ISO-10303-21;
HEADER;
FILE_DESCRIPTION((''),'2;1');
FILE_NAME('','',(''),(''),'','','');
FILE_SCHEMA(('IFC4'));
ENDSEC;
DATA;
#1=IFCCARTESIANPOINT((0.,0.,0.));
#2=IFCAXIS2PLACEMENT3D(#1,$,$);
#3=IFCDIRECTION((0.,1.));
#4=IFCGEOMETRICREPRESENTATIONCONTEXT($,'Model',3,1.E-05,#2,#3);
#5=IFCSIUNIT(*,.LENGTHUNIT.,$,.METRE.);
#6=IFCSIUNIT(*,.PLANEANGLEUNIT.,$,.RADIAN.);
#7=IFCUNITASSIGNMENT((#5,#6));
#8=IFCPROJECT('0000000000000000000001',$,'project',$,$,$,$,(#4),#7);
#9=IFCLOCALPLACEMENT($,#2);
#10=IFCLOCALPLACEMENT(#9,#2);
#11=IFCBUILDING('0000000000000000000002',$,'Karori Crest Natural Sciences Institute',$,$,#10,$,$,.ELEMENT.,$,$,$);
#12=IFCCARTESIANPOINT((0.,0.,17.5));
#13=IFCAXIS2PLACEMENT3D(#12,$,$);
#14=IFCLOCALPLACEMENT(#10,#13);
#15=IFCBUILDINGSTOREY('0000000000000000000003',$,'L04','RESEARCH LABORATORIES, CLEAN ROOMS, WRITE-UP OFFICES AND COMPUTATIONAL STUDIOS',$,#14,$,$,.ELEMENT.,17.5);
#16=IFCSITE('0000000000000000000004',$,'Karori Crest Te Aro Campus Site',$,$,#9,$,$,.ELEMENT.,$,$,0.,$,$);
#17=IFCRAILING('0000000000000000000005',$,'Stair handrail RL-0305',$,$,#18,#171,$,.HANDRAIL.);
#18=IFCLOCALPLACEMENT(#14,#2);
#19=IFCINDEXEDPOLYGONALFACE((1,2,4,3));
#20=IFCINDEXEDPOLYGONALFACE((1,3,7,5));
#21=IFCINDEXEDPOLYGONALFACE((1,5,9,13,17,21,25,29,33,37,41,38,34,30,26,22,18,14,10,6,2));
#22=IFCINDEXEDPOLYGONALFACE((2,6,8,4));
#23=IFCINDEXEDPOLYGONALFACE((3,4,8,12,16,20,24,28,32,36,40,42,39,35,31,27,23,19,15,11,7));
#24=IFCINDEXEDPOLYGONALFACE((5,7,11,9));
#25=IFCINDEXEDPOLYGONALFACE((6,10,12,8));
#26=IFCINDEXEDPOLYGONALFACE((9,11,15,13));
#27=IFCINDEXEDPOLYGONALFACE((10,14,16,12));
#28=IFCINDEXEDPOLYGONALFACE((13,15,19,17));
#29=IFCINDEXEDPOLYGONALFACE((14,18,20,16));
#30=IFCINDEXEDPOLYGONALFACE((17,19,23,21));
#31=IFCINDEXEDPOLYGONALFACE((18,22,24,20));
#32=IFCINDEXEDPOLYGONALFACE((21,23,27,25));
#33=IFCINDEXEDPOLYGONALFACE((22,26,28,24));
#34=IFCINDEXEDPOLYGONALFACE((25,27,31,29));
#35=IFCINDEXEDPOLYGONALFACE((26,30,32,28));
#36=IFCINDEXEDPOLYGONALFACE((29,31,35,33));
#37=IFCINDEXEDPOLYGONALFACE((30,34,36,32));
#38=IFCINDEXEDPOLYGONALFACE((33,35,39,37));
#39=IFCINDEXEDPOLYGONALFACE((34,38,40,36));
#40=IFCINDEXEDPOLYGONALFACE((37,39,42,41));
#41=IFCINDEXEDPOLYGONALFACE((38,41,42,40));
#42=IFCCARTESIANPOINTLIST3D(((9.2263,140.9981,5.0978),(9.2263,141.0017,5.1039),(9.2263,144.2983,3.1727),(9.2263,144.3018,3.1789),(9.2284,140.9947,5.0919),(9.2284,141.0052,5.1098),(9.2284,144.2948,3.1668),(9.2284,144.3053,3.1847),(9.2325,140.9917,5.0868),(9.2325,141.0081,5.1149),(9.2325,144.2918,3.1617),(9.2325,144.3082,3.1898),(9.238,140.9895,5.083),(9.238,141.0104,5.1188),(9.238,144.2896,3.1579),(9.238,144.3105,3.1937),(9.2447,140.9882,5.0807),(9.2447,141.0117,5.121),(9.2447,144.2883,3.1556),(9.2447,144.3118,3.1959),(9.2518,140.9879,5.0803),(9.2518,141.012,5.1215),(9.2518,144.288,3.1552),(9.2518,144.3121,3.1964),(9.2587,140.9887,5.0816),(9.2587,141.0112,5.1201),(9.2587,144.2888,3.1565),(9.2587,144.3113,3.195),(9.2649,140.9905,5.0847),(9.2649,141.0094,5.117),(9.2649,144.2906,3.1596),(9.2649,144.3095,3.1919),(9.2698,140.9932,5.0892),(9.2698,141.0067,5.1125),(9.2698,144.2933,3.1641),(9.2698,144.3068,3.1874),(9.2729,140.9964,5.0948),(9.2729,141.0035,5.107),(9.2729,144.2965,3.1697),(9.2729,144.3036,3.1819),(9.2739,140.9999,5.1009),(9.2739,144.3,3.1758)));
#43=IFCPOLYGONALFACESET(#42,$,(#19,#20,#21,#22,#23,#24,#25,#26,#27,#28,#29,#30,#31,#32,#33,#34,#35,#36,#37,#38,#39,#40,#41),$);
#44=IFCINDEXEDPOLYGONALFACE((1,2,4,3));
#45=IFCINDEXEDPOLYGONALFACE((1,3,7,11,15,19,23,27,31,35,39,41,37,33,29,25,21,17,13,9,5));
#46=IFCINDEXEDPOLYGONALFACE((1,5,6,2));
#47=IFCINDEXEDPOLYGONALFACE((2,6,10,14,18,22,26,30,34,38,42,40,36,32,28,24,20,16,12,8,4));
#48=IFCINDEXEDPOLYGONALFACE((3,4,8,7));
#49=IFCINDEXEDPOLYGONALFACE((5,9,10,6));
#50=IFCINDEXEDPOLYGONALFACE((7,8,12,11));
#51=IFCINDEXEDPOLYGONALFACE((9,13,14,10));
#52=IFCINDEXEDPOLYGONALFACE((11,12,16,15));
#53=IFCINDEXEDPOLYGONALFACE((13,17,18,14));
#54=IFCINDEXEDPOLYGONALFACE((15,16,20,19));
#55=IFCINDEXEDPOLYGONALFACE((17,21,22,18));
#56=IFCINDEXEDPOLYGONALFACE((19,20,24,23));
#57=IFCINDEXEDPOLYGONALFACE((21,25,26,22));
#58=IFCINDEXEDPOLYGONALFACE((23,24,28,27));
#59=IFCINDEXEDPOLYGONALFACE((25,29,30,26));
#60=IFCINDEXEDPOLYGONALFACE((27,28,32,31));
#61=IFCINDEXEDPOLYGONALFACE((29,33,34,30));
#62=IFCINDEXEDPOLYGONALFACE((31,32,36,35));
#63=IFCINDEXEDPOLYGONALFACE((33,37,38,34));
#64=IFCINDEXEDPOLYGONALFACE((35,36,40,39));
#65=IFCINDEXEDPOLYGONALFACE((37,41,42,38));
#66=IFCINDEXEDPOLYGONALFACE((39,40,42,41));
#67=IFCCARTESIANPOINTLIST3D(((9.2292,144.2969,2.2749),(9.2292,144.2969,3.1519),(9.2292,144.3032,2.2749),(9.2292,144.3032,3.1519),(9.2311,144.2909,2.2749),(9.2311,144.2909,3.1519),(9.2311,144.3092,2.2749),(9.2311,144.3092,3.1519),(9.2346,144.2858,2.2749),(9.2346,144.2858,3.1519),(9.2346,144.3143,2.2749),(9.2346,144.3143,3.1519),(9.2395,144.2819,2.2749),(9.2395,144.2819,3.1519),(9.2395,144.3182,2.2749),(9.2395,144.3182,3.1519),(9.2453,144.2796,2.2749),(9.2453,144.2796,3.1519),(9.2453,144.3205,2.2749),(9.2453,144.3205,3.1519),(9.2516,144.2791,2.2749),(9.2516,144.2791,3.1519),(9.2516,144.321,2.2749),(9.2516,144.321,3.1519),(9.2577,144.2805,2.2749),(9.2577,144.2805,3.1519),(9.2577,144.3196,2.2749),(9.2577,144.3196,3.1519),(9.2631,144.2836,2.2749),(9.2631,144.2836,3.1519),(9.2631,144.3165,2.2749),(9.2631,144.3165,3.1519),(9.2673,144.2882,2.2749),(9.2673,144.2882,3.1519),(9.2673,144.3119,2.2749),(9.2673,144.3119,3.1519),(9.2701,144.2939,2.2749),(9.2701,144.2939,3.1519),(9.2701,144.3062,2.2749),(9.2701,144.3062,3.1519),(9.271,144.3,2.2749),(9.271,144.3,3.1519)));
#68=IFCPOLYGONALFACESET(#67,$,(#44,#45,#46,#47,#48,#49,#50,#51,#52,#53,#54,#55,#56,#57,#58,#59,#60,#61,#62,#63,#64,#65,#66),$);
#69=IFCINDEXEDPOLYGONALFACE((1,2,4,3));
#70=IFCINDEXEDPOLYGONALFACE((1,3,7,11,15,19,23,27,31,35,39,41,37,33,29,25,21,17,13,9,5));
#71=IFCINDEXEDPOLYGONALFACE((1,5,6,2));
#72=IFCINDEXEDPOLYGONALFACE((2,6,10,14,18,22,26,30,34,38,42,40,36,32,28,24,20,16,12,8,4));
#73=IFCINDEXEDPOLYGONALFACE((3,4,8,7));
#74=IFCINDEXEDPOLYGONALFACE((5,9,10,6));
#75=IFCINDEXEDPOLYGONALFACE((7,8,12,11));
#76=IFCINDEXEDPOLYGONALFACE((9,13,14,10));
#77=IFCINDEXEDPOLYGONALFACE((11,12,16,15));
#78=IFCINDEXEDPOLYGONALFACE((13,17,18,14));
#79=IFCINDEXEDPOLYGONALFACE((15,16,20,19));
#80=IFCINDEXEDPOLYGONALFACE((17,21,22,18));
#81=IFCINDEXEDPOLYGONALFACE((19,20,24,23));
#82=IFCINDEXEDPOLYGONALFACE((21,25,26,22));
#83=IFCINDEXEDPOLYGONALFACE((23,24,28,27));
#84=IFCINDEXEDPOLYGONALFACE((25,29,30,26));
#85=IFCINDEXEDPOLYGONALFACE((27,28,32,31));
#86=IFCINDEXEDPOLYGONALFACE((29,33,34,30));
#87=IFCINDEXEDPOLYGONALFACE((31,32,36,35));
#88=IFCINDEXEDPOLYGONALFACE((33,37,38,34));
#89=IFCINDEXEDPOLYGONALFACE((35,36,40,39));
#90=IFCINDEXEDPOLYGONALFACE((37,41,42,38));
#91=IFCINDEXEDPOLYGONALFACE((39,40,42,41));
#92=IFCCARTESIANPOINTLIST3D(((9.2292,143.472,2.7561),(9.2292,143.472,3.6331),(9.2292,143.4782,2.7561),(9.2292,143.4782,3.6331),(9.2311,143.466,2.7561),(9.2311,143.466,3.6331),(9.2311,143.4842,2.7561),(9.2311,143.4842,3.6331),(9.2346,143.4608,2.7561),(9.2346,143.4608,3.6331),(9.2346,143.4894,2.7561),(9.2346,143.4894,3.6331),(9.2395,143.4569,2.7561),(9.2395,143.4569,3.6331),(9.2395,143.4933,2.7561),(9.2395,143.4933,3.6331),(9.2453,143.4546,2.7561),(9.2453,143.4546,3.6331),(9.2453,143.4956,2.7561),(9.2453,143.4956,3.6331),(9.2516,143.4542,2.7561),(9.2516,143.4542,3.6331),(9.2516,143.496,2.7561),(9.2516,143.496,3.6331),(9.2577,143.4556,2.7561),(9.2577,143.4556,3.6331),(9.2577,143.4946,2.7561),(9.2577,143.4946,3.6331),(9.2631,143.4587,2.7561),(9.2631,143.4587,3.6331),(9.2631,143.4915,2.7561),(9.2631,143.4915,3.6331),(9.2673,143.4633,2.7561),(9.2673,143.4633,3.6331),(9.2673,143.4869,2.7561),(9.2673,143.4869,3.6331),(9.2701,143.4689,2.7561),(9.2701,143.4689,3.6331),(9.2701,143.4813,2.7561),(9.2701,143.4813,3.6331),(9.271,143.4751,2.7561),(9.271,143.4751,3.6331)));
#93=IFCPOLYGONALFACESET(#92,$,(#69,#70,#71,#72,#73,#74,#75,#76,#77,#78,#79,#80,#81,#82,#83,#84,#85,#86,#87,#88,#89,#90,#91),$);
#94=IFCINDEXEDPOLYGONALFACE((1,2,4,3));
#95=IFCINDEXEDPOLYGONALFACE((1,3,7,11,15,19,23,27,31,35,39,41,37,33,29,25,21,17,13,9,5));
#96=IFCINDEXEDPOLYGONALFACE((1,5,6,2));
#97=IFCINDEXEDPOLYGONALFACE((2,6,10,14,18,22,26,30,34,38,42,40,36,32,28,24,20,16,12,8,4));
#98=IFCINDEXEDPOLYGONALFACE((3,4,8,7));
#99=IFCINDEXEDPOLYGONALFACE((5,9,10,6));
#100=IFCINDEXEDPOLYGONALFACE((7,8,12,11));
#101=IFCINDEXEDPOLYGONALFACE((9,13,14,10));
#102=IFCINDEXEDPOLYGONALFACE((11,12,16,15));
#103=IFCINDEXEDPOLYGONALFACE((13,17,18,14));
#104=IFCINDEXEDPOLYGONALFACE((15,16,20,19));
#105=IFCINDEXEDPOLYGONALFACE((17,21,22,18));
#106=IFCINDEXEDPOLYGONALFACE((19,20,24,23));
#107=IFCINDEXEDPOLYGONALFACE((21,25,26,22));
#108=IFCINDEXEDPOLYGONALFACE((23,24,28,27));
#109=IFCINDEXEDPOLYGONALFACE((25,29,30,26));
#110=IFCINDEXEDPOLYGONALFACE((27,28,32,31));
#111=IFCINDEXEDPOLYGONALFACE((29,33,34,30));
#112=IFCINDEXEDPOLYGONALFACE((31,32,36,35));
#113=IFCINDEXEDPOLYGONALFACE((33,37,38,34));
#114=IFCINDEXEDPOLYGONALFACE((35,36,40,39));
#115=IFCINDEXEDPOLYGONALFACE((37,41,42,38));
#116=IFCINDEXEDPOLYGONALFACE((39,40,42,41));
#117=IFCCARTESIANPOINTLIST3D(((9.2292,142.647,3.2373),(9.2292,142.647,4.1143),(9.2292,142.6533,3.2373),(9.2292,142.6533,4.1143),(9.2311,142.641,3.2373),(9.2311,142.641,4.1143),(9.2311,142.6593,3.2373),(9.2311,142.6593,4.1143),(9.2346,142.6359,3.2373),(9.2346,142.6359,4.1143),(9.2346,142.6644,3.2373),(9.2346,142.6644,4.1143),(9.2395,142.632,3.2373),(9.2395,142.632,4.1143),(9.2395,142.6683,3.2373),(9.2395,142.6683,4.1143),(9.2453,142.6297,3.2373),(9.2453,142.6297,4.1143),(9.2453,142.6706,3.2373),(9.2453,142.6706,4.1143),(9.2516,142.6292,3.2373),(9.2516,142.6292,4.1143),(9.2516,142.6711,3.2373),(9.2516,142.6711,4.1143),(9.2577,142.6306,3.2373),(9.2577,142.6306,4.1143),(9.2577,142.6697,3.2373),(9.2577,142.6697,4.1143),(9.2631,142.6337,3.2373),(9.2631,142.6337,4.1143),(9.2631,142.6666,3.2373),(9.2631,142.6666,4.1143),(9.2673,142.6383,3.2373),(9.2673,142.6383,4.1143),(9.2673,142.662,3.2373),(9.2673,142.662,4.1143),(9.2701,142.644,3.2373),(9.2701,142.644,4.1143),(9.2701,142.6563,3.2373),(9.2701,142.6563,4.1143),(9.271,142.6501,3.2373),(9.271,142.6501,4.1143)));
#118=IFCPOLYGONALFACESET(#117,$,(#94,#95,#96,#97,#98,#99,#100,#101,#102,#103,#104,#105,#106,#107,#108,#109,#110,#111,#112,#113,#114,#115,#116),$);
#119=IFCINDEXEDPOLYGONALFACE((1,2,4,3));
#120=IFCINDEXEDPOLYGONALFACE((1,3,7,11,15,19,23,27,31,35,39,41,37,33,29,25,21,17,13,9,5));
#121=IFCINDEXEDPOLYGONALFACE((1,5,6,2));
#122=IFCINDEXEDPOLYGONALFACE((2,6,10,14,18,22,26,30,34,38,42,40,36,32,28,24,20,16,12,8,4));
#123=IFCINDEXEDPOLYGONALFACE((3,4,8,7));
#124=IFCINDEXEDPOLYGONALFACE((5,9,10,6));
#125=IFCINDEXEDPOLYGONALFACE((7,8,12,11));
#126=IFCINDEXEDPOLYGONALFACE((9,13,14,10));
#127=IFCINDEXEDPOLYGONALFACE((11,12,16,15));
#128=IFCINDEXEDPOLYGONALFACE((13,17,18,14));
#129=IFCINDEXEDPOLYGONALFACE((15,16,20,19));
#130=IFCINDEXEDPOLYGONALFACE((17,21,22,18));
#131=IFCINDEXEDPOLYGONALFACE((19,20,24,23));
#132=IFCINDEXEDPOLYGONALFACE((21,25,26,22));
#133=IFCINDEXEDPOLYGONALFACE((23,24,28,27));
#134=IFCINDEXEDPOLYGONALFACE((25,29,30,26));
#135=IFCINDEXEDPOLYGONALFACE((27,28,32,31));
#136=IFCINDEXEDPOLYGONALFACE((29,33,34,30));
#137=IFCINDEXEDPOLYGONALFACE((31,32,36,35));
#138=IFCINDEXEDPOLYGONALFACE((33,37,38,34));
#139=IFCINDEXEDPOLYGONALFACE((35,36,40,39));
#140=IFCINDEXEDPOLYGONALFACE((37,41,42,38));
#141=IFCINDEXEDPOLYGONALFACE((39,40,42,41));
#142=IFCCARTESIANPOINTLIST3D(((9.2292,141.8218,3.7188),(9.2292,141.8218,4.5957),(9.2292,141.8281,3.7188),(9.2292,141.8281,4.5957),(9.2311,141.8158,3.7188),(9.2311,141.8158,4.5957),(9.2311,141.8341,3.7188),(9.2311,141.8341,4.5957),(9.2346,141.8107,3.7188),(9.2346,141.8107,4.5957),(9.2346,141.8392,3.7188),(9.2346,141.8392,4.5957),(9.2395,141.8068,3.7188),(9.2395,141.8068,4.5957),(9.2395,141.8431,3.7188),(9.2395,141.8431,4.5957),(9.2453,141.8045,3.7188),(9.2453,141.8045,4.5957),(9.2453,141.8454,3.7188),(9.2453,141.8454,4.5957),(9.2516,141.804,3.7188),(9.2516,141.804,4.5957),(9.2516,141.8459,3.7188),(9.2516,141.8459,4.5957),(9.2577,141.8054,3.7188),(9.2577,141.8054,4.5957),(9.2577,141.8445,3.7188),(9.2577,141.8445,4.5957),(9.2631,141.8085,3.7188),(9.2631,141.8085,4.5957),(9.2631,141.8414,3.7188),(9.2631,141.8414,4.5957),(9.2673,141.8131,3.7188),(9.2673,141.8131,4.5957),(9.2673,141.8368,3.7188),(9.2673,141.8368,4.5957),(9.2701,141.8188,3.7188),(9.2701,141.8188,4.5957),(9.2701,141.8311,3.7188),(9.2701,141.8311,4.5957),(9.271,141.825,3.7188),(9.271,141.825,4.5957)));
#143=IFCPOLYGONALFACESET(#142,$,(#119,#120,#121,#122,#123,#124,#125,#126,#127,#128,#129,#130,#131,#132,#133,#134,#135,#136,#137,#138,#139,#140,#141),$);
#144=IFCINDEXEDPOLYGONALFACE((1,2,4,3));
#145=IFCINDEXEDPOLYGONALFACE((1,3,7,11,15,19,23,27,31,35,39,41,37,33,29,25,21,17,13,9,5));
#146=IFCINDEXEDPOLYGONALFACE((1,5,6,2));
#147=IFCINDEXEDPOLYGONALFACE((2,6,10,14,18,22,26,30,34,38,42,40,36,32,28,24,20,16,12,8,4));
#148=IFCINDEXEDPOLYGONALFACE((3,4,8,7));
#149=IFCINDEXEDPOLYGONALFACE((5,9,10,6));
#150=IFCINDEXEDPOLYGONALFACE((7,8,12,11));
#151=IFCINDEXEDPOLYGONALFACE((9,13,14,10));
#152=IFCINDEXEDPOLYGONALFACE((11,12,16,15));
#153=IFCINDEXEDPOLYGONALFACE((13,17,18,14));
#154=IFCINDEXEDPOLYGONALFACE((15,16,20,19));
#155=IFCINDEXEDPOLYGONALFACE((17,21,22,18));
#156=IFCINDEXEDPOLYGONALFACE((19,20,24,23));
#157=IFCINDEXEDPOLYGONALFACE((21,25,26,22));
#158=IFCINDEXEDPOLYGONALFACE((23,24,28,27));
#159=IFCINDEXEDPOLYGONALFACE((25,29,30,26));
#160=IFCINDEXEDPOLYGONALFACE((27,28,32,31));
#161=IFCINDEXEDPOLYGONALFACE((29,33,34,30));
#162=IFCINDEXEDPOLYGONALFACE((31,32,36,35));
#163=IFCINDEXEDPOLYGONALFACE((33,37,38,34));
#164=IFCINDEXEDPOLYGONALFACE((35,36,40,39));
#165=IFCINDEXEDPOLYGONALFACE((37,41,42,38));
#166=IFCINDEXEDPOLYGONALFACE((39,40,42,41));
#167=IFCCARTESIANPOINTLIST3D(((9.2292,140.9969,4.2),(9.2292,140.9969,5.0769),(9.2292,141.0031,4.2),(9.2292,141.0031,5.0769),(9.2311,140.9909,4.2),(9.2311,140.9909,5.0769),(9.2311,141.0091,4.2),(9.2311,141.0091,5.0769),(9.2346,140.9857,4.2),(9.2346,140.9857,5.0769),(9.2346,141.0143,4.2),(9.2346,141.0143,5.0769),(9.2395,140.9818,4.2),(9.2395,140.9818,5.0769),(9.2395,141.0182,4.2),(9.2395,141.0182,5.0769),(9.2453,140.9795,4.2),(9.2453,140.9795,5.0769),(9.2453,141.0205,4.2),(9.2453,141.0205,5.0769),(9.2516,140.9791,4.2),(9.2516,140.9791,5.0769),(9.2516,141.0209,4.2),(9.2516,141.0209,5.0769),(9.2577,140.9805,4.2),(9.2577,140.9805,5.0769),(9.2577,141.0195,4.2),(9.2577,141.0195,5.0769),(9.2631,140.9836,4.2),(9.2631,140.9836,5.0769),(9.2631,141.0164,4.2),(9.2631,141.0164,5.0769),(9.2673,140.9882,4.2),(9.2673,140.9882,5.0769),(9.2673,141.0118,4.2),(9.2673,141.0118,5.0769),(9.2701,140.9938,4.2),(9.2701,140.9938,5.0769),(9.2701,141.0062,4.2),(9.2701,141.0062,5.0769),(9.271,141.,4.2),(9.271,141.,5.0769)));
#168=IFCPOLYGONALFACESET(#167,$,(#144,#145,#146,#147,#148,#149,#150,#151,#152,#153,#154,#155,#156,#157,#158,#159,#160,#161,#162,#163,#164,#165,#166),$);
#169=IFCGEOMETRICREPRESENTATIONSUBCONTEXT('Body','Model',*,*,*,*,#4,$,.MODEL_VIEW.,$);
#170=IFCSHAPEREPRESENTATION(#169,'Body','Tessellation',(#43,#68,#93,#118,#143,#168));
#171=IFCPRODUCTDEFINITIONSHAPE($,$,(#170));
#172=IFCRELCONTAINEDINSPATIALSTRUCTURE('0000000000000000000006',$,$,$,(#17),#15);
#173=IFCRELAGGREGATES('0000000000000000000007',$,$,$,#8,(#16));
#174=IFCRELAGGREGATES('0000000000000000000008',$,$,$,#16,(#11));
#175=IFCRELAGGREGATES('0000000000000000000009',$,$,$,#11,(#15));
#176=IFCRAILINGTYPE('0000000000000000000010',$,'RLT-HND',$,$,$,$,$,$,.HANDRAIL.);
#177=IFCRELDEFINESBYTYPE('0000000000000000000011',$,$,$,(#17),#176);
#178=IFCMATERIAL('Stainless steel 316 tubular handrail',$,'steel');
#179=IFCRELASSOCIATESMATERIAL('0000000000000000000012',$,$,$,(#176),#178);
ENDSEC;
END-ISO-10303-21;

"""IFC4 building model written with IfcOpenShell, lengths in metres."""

from ifc_helpers import new_model, si_unit, direction, frame, origin, origin_2d, place, context, subcontext, project, spatial, circle, extrude, material, type_object, element, save


model = new_model("IFC4")

# Units and contexts
model_context = context("Model", 3, precision=1e-05, world=origin(), true_north=direction((0.0, 1.0)))
body_context = subcontext(model_context, "Body", "Model", "MODEL_VIEW")
ifc_project = project(units=[si_unit("LENGTHUNIT", "METRE"), si_unit("PLANEANGLEUNIT", "RADIAN")], contexts=[model_context])

# Site, building, storey
site_placement = place(None, origin())
site = spatial("IfcSite", under=ifc_project, at=site_placement, Name="Karori Crest Te Aro Campus Site", CompositionType="ELEMENT", RefElevation=0.0)
building_placement = place(site_placement, origin())
building = spatial("IfcBuilding", under=site, at=building_placement, Name="Karori Crest Natural Sciences Institute", CompositionType="ELEMENT")
storey_placement = place(building_placement, frame((0.0, 0.0, 17.5)))
storey = spatial("IfcBuildingStorey", under=building, at=storey_placement, Name="L04", Description="RESEARCH LABORATORIES, CLEAN ROOMS, WRITE-UP OFFICES AND COMPUTATIONAL STUDIOS", CompositionType="ELEMENT", Elevation=17.5)

# Railing
ifc_material_1 = material(Name="Stainless steel 316 tubular handrail", Category="steel")
railing_type_1 = type_object("IfcRailingType", Name="RLT-HND", PredefinedType="HANDRAIL", material=ifc_material_1)
railing_1_placement = place(storey_placement, frame((9.25, 144.3, 2.2749)))
element("IfcRailing", 1, at=railing_1_placement, inside=storey, type_object=railing_type_1, Name="Stair handrail RL-0305", PredefinedType="HANDRAIL", context=body_context, shape_type="SweptSolid", body=[
    extrude(circle(Radius=0.0239, at=origin_2d()), frame((0.0, 0.0, 0.9009), z_axis=(0.0, -0.863777, 0.503875), x_axis=(1.0, 0.0, 0.0)), (0.0, 0.0, 1.0), 3.8206),
    extrude(circle(Radius=0.021, at=origin_2d()), origin(), (0.0, 0.0, 1.0), 0.877),
    extrude(circle(Radius=0.021, at=origin_2d()), frame((0.0, -0.825, 0.4812)), (0.0, 0.0, 1.0), 0.877),
    extrude(circle(Radius=0.021, at=origin_2d()), frame((0.0, -1.6499, 0.9624)), (0.0, 0.0, 1.0), 0.877),
    extrude(circle(Radius=0.021, at=origin_2d()), frame((0.0, -2.4751, 1.4438)), (0.0, 0.0, 1.0), 0.877),
    extrude(circle(Radius=0.021, at=origin_2d()), frame((0.0, -3.3, 1.925)), (0.0, 0.0, 1.0), 0.877),
])

save(model, "model.ifc")
